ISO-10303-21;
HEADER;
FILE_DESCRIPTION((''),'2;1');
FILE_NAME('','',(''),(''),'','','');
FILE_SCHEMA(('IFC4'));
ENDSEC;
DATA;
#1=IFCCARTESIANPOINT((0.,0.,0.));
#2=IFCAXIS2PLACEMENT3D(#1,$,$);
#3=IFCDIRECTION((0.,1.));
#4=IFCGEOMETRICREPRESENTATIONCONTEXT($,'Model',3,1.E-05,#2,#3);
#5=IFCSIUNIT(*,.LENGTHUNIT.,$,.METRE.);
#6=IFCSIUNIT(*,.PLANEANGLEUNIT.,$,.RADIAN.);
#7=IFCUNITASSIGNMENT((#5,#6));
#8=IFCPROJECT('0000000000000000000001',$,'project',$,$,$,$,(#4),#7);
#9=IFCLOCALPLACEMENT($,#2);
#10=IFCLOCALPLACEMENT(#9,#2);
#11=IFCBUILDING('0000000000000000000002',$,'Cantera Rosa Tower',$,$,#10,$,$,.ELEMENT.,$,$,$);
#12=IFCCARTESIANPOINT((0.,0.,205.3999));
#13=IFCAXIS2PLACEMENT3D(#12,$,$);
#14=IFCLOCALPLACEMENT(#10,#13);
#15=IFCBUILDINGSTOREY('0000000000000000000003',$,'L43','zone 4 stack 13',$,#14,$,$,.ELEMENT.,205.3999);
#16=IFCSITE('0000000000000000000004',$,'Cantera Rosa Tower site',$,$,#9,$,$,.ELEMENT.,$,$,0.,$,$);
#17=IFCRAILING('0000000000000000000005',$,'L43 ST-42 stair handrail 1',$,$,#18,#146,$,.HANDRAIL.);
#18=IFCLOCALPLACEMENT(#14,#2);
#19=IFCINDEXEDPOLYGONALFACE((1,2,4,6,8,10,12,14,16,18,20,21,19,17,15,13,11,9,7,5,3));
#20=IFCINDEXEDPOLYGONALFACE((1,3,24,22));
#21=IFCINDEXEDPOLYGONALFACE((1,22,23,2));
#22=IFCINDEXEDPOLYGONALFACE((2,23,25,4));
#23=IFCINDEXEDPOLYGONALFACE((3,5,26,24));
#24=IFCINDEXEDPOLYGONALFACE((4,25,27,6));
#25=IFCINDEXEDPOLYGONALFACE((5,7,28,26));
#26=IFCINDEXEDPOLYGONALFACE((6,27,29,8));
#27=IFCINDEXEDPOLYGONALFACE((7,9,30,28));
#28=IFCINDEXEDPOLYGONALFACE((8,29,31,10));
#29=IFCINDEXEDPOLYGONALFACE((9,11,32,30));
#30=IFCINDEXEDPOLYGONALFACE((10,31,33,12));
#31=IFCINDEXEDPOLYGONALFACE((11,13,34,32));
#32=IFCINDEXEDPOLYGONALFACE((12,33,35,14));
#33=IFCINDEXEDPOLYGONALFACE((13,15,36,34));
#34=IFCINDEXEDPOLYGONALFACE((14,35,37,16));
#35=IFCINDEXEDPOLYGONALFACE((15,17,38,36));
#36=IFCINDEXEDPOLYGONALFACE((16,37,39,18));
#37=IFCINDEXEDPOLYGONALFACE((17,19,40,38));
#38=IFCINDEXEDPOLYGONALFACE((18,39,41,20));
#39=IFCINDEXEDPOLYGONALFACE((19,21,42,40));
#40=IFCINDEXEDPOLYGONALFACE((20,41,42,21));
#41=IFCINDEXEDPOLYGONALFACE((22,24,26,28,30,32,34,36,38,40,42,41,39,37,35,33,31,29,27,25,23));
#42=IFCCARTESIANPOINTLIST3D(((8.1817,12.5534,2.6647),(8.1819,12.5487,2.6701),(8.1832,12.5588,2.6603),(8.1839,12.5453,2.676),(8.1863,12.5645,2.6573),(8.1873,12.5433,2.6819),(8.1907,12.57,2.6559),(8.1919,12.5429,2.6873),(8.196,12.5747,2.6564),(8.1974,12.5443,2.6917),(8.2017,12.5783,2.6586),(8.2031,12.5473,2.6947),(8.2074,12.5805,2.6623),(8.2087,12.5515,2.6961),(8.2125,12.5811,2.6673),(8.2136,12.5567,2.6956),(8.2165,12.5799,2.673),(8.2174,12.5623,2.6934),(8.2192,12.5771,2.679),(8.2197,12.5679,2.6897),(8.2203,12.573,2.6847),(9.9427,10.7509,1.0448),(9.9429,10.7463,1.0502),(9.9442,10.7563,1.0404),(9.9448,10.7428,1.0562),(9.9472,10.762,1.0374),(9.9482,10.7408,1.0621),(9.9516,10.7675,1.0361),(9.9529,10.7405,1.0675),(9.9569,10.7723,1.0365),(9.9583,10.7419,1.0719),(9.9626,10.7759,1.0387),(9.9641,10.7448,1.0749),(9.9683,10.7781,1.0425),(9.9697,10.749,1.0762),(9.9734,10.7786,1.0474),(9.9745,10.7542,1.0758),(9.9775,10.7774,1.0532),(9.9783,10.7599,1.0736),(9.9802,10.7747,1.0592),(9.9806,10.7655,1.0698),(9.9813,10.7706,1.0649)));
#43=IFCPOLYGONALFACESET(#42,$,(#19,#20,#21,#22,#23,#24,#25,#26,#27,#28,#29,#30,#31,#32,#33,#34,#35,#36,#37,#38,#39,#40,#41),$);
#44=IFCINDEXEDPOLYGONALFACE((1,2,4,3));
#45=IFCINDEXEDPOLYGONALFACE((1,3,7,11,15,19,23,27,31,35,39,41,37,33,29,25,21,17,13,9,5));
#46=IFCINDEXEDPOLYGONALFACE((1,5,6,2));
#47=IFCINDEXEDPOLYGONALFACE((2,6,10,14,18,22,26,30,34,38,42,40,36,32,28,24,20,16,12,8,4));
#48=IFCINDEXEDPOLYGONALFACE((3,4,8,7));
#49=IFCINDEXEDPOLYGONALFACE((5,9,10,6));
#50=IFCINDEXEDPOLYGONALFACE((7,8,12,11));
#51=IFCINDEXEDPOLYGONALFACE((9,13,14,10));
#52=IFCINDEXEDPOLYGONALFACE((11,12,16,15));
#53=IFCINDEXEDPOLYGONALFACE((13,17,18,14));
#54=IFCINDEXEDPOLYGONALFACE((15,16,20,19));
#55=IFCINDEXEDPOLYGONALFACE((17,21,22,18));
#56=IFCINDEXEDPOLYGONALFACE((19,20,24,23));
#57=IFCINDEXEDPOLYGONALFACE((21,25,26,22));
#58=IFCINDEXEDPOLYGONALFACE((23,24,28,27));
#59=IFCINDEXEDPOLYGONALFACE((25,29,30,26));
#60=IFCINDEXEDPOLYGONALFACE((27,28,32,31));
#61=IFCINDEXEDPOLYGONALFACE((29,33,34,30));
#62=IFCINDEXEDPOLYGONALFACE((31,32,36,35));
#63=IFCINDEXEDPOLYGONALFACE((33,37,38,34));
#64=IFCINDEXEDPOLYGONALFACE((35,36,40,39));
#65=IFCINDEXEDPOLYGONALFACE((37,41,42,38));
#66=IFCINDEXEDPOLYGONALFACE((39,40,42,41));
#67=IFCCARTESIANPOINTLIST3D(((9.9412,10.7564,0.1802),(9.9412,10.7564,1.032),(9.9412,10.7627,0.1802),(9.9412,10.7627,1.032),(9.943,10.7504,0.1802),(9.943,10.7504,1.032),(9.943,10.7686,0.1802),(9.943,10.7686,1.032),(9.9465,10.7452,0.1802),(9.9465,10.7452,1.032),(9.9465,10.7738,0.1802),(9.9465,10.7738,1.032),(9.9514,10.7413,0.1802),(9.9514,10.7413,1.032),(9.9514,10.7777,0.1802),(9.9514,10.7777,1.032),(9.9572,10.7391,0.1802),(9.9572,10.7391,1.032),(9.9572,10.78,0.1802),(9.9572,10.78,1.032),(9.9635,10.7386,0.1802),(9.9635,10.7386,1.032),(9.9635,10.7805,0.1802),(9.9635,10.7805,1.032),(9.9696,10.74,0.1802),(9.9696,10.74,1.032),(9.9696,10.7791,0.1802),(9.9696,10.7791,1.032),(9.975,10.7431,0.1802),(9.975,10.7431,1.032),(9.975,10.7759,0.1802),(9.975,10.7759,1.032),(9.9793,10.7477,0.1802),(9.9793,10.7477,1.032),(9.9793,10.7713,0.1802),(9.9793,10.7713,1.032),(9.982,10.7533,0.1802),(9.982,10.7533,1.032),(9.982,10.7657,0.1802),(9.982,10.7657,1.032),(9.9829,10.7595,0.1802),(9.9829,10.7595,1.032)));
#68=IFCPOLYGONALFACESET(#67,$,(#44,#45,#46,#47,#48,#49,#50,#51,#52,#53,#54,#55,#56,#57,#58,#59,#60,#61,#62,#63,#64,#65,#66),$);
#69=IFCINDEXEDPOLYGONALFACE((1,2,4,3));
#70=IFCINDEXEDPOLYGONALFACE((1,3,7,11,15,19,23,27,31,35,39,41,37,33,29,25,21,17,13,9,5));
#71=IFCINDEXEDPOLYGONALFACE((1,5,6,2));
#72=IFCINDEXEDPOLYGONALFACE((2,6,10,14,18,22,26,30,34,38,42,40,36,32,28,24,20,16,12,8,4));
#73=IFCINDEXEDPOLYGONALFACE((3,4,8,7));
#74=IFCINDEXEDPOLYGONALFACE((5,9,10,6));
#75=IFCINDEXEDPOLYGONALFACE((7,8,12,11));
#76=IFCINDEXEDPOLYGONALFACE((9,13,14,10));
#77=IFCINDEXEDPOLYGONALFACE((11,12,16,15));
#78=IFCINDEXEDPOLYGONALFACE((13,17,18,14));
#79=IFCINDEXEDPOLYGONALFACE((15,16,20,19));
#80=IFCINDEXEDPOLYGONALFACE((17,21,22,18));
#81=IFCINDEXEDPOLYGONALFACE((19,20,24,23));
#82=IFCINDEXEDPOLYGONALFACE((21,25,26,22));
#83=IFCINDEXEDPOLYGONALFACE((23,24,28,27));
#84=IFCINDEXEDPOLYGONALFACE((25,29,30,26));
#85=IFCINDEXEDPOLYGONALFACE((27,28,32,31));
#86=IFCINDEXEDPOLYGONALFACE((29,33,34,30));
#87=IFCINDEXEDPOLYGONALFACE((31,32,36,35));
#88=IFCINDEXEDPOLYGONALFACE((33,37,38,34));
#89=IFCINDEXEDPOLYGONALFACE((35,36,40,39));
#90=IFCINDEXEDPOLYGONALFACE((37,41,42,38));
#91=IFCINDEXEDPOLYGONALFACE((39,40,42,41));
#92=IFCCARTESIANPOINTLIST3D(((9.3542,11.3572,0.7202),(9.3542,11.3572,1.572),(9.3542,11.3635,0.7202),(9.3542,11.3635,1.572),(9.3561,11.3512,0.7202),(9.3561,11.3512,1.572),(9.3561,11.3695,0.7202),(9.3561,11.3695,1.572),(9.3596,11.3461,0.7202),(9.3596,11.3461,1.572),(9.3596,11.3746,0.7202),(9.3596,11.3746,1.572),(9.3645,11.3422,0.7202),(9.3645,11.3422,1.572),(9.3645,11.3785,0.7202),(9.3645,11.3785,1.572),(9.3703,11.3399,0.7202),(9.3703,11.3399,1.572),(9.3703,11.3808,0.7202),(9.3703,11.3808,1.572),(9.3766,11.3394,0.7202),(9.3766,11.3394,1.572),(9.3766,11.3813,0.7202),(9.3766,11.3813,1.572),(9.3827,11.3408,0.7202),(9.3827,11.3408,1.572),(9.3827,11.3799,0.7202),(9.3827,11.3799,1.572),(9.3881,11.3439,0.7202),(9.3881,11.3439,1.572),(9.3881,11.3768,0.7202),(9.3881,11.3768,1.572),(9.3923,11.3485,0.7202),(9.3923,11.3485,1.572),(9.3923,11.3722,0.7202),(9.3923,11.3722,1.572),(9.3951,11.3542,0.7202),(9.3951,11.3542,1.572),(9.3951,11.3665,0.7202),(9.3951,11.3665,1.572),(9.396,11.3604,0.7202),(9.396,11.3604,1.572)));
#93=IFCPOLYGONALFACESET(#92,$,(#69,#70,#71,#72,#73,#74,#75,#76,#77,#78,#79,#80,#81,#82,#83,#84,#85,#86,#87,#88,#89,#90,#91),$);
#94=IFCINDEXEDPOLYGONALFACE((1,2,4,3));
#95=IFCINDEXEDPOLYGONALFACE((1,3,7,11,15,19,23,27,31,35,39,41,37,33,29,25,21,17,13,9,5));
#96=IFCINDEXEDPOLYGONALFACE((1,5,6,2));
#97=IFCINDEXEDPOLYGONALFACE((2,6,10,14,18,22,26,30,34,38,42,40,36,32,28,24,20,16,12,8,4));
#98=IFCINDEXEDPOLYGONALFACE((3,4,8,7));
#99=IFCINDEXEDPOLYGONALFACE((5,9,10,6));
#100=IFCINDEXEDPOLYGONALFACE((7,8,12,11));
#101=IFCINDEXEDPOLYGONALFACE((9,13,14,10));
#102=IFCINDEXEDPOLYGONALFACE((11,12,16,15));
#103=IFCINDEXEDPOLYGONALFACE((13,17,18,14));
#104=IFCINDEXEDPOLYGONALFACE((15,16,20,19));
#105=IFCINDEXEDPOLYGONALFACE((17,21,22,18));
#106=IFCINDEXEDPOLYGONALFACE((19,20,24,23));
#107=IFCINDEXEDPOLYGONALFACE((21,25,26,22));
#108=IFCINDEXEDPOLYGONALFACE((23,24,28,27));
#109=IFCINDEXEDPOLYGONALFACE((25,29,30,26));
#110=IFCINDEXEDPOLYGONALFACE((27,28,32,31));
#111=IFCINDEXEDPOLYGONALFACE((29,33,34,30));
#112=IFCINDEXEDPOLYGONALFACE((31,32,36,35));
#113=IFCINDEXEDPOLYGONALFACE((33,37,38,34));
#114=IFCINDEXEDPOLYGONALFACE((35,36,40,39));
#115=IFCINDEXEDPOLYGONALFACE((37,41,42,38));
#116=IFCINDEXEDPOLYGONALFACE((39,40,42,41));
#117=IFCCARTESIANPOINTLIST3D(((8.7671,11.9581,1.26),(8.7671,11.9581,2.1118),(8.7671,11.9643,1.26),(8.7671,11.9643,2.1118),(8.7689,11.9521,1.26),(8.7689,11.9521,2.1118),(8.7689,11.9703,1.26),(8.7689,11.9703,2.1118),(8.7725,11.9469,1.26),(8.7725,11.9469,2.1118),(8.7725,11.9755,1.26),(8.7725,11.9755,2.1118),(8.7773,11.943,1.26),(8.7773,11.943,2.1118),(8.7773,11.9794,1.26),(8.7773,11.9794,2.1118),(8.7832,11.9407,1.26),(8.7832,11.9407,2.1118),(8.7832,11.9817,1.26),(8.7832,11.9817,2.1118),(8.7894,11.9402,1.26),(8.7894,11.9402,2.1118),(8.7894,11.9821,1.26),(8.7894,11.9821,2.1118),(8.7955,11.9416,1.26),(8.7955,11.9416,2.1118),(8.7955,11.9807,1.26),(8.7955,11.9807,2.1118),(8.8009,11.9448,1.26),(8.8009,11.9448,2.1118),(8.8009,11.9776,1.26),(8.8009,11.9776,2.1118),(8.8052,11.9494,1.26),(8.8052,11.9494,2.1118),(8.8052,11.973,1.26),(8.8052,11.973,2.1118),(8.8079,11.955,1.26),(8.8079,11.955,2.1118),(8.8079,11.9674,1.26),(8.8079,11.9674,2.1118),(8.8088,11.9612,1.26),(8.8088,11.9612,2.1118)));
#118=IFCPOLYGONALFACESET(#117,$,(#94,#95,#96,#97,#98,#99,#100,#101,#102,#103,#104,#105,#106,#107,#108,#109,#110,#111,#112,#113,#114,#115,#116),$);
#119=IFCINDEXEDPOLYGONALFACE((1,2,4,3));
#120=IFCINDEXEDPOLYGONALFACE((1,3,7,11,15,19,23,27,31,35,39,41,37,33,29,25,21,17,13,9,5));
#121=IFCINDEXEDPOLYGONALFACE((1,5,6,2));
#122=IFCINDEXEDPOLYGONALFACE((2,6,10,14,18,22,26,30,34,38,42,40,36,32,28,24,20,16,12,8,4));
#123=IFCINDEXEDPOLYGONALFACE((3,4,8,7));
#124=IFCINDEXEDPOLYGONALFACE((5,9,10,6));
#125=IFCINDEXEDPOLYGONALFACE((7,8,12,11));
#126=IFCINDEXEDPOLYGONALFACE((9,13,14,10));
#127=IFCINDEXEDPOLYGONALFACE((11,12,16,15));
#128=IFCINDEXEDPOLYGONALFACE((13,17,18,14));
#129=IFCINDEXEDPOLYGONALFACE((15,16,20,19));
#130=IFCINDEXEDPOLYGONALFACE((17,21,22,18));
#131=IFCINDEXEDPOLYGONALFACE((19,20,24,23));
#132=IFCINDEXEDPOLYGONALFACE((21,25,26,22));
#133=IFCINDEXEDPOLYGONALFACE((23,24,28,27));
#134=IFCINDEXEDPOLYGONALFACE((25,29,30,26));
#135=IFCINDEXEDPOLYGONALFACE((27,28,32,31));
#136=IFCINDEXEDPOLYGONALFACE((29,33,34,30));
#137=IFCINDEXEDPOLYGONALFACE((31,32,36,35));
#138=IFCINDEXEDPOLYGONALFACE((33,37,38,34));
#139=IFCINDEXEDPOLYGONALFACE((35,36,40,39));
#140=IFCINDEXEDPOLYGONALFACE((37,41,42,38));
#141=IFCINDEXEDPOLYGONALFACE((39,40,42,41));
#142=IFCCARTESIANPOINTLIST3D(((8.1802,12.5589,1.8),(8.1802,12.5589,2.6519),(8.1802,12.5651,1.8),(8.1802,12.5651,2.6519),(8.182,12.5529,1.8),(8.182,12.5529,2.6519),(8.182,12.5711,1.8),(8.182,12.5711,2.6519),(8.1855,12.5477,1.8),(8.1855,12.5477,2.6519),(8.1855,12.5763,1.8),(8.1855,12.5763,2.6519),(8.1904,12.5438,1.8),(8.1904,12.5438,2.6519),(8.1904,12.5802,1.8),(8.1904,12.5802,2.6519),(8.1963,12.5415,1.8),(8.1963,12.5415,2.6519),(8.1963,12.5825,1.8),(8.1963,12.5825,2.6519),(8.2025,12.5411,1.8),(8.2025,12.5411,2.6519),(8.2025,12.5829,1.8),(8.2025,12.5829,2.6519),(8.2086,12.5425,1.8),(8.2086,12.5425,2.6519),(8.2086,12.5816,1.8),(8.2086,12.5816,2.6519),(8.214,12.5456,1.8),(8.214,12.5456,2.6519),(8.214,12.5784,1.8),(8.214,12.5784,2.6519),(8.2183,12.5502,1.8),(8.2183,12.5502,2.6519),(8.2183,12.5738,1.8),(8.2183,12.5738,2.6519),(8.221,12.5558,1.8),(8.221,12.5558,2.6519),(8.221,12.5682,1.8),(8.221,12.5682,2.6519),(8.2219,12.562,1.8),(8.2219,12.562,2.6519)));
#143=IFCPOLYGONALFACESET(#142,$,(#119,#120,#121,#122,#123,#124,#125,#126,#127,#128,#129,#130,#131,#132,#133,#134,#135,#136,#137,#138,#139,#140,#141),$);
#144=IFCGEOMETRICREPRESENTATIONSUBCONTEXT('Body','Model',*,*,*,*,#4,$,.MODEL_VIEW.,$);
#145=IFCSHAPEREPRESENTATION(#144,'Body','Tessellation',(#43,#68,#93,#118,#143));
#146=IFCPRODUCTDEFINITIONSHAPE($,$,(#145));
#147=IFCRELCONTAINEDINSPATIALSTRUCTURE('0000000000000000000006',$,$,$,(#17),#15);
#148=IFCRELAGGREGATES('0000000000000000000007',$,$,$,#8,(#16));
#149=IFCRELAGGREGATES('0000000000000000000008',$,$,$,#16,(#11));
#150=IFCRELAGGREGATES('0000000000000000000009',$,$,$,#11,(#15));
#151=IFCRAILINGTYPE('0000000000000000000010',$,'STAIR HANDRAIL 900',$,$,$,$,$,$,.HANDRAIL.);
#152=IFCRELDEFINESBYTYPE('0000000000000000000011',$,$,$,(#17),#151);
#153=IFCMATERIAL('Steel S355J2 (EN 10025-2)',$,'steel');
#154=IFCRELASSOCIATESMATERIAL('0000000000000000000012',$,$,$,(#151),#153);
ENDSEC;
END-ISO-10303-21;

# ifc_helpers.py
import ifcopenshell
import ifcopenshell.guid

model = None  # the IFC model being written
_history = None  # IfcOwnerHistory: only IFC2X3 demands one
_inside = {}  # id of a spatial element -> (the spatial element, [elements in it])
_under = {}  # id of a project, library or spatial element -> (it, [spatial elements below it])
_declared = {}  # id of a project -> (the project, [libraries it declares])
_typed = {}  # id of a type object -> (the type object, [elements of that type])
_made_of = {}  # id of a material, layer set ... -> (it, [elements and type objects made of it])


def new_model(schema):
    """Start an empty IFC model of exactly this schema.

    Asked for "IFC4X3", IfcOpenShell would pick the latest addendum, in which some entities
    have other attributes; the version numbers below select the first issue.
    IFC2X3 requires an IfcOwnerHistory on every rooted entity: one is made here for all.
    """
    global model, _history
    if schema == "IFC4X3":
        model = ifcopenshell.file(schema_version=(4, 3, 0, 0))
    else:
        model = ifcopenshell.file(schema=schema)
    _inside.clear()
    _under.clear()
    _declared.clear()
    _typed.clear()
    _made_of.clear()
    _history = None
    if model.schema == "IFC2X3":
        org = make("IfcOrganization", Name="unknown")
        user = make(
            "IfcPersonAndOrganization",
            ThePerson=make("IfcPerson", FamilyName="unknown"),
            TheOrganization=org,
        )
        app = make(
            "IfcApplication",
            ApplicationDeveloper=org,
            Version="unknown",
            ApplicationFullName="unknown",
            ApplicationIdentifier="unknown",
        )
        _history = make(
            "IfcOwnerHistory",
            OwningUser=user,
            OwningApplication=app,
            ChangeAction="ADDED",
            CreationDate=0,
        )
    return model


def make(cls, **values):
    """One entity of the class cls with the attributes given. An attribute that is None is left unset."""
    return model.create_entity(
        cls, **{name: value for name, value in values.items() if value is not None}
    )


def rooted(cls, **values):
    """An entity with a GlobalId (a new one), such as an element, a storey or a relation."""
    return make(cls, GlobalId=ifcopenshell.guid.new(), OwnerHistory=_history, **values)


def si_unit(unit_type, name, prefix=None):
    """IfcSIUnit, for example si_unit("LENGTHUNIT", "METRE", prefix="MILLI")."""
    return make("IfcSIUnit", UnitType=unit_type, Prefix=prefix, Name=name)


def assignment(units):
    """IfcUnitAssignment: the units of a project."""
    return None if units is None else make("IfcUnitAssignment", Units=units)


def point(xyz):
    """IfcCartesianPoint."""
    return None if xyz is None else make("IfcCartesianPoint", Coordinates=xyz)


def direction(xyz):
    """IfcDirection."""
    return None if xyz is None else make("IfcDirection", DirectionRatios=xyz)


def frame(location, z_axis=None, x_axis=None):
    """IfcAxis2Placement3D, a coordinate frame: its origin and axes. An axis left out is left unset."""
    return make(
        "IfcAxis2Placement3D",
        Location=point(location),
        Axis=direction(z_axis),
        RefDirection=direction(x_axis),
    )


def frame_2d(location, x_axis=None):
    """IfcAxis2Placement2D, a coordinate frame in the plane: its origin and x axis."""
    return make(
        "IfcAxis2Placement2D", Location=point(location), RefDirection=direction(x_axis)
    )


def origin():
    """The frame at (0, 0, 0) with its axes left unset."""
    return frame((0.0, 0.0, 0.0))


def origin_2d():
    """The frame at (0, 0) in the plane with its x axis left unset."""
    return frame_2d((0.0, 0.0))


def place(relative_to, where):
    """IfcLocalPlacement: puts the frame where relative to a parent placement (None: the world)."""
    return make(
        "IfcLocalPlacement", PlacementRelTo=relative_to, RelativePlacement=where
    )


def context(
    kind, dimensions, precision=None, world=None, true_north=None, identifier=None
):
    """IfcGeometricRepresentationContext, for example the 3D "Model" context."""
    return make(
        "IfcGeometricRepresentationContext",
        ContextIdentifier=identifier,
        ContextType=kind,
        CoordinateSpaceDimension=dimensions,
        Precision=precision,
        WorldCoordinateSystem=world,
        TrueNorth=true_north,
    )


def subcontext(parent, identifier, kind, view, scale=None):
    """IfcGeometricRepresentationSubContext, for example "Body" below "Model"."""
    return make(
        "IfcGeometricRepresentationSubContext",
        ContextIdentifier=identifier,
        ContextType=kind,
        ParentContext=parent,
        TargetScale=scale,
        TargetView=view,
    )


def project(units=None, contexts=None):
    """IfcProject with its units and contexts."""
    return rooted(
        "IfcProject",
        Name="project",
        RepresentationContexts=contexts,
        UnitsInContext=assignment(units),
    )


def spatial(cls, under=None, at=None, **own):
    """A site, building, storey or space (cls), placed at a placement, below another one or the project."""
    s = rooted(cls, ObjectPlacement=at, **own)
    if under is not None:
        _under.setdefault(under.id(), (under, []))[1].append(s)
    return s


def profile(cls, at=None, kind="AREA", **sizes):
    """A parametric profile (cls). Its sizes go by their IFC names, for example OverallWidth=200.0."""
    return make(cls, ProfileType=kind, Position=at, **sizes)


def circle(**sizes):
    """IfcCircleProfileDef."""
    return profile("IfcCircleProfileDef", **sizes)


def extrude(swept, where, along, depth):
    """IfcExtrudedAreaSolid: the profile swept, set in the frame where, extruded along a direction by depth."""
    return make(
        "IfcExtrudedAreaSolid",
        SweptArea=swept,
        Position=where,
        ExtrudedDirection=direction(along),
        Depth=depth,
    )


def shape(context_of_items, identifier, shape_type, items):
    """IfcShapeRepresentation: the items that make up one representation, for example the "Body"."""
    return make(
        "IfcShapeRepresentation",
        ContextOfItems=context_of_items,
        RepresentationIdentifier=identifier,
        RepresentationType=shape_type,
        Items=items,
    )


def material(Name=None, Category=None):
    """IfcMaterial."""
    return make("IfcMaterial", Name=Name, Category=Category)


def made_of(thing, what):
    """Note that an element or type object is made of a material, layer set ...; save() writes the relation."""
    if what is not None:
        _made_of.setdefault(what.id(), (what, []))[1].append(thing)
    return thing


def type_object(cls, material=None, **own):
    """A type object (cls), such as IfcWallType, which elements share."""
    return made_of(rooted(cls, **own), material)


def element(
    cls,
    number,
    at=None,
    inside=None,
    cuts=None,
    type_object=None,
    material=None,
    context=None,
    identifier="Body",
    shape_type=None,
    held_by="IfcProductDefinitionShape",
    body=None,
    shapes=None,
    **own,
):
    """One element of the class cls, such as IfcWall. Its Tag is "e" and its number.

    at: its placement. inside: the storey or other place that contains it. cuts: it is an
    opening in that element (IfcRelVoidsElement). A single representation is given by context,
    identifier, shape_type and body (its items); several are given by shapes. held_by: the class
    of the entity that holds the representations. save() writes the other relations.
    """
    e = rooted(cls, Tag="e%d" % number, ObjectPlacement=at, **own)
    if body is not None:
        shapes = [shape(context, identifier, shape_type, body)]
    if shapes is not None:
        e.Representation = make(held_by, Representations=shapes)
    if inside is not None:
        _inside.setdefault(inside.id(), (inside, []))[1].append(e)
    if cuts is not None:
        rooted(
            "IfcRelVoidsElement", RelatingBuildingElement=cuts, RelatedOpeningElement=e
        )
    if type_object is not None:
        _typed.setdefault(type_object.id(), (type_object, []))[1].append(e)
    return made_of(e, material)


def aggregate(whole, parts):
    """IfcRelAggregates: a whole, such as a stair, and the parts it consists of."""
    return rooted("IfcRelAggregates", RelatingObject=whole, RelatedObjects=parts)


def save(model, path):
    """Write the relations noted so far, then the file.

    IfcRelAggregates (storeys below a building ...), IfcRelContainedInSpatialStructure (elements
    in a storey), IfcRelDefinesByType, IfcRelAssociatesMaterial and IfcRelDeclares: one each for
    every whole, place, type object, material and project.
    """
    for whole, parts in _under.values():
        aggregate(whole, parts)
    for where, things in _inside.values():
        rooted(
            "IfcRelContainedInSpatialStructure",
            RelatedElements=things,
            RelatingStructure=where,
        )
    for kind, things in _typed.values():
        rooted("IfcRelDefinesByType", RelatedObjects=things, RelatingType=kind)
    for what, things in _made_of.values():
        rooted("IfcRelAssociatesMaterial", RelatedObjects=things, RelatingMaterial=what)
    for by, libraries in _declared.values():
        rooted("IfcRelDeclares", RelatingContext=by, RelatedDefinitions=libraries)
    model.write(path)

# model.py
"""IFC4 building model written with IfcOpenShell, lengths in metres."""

from ifc_helpers import new_model, si_unit, direction, frame, origin, origin_2d, place, context, subcontext, project, spatial, circle, extrude, material, type_object, element, save


model = new_model("IFC4")

# Units and contexts
model_context = context("Model", 3, precision=1e-05, world=origin(), true_north=direction((0.0, 1.0)))
body_context = subcontext(model_context, "Body", "Model", "MODEL_VIEW")
ifc_project = project(units=[si_unit("LENGTHUNIT", "METRE"), si_unit("PLANEANGLEUNIT", "RADIAN")], contexts=[model_context])

# Site, building, storey
site_placement = place(None, origin())
site = spatial("IfcSite", under=ifc_project, at=site_placement, Name="Cantera Rosa Tower site", CompositionType="ELEMENT", RefElevation=0.0)
building_placement = place(site_placement, origin())
building = spatial("IfcBuilding", under=site, at=building_placement, Name="Cantera Rosa Tower", CompositionType="ELEMENT")
storey_placement = place(building_placement, frame((0.0, 0.0, 205.3999)))
storey = spatial("IfcBuildingStorey", under=building, at=storey_placement, Name="L43", Description="zone 4 stack 13", CompositionType="ELEMENT", Elevation=205.3999)

# Railing
ifc_material_1 = material(Name="Steel S355J2 (EN 10025-2)", Category="steel")
railing_type_1 = type_object("IfcRailingType", Name="STAIR HANDRAIL 900", PredefinedType="HANDRAIL", material=ifc_material_1)
railing_1_placement = place(storey_placement, frame((9.9619, 10.7595, 0.1802)))
element("IfcRailing", 1, at=railing_1_placement, inside=storey, type_object=railing_type_1, Name="L43 ST-42 stair handrail 1", PredefinedType="HANDRAIL", context=body_context, shape_type="SweptSolid", body=[
    extrude(circle(Radius=0.0239, at=origin_2d()), frame((0.0, 0.0, 0.876), z_axis=(-0.587844, 0.601699, 0.540738), x_axis=(-0.715294, -0.698824, 0.0)), (0.0, 0.0, 1.0), 2.9956),
    extrude(circle(Radius=0.021, at=origin_2d()), origin(), (0.0, 0.0, 1.0), 0.8518),
    extrude(circle(Radius=0.021, at=origin_2d()), frame((-0.5869, 0.6008, 0.54)), (0.0, 0.0, 1.0), 0.8518),
    extrude(circle(Radius=0.021, at=origin_2d()), frame((-1.1741, 1.2017, 1.0798)), (0.0, 0.0, 1.0), 0.8518),
    extrude(circle(Radius=0.021, at=origin_2d()), frame((-1.761, 1.8025, 1.6199)), (0.0, 0.0, 1.0), 0.8518),
])

save(model, "model.ifc")
